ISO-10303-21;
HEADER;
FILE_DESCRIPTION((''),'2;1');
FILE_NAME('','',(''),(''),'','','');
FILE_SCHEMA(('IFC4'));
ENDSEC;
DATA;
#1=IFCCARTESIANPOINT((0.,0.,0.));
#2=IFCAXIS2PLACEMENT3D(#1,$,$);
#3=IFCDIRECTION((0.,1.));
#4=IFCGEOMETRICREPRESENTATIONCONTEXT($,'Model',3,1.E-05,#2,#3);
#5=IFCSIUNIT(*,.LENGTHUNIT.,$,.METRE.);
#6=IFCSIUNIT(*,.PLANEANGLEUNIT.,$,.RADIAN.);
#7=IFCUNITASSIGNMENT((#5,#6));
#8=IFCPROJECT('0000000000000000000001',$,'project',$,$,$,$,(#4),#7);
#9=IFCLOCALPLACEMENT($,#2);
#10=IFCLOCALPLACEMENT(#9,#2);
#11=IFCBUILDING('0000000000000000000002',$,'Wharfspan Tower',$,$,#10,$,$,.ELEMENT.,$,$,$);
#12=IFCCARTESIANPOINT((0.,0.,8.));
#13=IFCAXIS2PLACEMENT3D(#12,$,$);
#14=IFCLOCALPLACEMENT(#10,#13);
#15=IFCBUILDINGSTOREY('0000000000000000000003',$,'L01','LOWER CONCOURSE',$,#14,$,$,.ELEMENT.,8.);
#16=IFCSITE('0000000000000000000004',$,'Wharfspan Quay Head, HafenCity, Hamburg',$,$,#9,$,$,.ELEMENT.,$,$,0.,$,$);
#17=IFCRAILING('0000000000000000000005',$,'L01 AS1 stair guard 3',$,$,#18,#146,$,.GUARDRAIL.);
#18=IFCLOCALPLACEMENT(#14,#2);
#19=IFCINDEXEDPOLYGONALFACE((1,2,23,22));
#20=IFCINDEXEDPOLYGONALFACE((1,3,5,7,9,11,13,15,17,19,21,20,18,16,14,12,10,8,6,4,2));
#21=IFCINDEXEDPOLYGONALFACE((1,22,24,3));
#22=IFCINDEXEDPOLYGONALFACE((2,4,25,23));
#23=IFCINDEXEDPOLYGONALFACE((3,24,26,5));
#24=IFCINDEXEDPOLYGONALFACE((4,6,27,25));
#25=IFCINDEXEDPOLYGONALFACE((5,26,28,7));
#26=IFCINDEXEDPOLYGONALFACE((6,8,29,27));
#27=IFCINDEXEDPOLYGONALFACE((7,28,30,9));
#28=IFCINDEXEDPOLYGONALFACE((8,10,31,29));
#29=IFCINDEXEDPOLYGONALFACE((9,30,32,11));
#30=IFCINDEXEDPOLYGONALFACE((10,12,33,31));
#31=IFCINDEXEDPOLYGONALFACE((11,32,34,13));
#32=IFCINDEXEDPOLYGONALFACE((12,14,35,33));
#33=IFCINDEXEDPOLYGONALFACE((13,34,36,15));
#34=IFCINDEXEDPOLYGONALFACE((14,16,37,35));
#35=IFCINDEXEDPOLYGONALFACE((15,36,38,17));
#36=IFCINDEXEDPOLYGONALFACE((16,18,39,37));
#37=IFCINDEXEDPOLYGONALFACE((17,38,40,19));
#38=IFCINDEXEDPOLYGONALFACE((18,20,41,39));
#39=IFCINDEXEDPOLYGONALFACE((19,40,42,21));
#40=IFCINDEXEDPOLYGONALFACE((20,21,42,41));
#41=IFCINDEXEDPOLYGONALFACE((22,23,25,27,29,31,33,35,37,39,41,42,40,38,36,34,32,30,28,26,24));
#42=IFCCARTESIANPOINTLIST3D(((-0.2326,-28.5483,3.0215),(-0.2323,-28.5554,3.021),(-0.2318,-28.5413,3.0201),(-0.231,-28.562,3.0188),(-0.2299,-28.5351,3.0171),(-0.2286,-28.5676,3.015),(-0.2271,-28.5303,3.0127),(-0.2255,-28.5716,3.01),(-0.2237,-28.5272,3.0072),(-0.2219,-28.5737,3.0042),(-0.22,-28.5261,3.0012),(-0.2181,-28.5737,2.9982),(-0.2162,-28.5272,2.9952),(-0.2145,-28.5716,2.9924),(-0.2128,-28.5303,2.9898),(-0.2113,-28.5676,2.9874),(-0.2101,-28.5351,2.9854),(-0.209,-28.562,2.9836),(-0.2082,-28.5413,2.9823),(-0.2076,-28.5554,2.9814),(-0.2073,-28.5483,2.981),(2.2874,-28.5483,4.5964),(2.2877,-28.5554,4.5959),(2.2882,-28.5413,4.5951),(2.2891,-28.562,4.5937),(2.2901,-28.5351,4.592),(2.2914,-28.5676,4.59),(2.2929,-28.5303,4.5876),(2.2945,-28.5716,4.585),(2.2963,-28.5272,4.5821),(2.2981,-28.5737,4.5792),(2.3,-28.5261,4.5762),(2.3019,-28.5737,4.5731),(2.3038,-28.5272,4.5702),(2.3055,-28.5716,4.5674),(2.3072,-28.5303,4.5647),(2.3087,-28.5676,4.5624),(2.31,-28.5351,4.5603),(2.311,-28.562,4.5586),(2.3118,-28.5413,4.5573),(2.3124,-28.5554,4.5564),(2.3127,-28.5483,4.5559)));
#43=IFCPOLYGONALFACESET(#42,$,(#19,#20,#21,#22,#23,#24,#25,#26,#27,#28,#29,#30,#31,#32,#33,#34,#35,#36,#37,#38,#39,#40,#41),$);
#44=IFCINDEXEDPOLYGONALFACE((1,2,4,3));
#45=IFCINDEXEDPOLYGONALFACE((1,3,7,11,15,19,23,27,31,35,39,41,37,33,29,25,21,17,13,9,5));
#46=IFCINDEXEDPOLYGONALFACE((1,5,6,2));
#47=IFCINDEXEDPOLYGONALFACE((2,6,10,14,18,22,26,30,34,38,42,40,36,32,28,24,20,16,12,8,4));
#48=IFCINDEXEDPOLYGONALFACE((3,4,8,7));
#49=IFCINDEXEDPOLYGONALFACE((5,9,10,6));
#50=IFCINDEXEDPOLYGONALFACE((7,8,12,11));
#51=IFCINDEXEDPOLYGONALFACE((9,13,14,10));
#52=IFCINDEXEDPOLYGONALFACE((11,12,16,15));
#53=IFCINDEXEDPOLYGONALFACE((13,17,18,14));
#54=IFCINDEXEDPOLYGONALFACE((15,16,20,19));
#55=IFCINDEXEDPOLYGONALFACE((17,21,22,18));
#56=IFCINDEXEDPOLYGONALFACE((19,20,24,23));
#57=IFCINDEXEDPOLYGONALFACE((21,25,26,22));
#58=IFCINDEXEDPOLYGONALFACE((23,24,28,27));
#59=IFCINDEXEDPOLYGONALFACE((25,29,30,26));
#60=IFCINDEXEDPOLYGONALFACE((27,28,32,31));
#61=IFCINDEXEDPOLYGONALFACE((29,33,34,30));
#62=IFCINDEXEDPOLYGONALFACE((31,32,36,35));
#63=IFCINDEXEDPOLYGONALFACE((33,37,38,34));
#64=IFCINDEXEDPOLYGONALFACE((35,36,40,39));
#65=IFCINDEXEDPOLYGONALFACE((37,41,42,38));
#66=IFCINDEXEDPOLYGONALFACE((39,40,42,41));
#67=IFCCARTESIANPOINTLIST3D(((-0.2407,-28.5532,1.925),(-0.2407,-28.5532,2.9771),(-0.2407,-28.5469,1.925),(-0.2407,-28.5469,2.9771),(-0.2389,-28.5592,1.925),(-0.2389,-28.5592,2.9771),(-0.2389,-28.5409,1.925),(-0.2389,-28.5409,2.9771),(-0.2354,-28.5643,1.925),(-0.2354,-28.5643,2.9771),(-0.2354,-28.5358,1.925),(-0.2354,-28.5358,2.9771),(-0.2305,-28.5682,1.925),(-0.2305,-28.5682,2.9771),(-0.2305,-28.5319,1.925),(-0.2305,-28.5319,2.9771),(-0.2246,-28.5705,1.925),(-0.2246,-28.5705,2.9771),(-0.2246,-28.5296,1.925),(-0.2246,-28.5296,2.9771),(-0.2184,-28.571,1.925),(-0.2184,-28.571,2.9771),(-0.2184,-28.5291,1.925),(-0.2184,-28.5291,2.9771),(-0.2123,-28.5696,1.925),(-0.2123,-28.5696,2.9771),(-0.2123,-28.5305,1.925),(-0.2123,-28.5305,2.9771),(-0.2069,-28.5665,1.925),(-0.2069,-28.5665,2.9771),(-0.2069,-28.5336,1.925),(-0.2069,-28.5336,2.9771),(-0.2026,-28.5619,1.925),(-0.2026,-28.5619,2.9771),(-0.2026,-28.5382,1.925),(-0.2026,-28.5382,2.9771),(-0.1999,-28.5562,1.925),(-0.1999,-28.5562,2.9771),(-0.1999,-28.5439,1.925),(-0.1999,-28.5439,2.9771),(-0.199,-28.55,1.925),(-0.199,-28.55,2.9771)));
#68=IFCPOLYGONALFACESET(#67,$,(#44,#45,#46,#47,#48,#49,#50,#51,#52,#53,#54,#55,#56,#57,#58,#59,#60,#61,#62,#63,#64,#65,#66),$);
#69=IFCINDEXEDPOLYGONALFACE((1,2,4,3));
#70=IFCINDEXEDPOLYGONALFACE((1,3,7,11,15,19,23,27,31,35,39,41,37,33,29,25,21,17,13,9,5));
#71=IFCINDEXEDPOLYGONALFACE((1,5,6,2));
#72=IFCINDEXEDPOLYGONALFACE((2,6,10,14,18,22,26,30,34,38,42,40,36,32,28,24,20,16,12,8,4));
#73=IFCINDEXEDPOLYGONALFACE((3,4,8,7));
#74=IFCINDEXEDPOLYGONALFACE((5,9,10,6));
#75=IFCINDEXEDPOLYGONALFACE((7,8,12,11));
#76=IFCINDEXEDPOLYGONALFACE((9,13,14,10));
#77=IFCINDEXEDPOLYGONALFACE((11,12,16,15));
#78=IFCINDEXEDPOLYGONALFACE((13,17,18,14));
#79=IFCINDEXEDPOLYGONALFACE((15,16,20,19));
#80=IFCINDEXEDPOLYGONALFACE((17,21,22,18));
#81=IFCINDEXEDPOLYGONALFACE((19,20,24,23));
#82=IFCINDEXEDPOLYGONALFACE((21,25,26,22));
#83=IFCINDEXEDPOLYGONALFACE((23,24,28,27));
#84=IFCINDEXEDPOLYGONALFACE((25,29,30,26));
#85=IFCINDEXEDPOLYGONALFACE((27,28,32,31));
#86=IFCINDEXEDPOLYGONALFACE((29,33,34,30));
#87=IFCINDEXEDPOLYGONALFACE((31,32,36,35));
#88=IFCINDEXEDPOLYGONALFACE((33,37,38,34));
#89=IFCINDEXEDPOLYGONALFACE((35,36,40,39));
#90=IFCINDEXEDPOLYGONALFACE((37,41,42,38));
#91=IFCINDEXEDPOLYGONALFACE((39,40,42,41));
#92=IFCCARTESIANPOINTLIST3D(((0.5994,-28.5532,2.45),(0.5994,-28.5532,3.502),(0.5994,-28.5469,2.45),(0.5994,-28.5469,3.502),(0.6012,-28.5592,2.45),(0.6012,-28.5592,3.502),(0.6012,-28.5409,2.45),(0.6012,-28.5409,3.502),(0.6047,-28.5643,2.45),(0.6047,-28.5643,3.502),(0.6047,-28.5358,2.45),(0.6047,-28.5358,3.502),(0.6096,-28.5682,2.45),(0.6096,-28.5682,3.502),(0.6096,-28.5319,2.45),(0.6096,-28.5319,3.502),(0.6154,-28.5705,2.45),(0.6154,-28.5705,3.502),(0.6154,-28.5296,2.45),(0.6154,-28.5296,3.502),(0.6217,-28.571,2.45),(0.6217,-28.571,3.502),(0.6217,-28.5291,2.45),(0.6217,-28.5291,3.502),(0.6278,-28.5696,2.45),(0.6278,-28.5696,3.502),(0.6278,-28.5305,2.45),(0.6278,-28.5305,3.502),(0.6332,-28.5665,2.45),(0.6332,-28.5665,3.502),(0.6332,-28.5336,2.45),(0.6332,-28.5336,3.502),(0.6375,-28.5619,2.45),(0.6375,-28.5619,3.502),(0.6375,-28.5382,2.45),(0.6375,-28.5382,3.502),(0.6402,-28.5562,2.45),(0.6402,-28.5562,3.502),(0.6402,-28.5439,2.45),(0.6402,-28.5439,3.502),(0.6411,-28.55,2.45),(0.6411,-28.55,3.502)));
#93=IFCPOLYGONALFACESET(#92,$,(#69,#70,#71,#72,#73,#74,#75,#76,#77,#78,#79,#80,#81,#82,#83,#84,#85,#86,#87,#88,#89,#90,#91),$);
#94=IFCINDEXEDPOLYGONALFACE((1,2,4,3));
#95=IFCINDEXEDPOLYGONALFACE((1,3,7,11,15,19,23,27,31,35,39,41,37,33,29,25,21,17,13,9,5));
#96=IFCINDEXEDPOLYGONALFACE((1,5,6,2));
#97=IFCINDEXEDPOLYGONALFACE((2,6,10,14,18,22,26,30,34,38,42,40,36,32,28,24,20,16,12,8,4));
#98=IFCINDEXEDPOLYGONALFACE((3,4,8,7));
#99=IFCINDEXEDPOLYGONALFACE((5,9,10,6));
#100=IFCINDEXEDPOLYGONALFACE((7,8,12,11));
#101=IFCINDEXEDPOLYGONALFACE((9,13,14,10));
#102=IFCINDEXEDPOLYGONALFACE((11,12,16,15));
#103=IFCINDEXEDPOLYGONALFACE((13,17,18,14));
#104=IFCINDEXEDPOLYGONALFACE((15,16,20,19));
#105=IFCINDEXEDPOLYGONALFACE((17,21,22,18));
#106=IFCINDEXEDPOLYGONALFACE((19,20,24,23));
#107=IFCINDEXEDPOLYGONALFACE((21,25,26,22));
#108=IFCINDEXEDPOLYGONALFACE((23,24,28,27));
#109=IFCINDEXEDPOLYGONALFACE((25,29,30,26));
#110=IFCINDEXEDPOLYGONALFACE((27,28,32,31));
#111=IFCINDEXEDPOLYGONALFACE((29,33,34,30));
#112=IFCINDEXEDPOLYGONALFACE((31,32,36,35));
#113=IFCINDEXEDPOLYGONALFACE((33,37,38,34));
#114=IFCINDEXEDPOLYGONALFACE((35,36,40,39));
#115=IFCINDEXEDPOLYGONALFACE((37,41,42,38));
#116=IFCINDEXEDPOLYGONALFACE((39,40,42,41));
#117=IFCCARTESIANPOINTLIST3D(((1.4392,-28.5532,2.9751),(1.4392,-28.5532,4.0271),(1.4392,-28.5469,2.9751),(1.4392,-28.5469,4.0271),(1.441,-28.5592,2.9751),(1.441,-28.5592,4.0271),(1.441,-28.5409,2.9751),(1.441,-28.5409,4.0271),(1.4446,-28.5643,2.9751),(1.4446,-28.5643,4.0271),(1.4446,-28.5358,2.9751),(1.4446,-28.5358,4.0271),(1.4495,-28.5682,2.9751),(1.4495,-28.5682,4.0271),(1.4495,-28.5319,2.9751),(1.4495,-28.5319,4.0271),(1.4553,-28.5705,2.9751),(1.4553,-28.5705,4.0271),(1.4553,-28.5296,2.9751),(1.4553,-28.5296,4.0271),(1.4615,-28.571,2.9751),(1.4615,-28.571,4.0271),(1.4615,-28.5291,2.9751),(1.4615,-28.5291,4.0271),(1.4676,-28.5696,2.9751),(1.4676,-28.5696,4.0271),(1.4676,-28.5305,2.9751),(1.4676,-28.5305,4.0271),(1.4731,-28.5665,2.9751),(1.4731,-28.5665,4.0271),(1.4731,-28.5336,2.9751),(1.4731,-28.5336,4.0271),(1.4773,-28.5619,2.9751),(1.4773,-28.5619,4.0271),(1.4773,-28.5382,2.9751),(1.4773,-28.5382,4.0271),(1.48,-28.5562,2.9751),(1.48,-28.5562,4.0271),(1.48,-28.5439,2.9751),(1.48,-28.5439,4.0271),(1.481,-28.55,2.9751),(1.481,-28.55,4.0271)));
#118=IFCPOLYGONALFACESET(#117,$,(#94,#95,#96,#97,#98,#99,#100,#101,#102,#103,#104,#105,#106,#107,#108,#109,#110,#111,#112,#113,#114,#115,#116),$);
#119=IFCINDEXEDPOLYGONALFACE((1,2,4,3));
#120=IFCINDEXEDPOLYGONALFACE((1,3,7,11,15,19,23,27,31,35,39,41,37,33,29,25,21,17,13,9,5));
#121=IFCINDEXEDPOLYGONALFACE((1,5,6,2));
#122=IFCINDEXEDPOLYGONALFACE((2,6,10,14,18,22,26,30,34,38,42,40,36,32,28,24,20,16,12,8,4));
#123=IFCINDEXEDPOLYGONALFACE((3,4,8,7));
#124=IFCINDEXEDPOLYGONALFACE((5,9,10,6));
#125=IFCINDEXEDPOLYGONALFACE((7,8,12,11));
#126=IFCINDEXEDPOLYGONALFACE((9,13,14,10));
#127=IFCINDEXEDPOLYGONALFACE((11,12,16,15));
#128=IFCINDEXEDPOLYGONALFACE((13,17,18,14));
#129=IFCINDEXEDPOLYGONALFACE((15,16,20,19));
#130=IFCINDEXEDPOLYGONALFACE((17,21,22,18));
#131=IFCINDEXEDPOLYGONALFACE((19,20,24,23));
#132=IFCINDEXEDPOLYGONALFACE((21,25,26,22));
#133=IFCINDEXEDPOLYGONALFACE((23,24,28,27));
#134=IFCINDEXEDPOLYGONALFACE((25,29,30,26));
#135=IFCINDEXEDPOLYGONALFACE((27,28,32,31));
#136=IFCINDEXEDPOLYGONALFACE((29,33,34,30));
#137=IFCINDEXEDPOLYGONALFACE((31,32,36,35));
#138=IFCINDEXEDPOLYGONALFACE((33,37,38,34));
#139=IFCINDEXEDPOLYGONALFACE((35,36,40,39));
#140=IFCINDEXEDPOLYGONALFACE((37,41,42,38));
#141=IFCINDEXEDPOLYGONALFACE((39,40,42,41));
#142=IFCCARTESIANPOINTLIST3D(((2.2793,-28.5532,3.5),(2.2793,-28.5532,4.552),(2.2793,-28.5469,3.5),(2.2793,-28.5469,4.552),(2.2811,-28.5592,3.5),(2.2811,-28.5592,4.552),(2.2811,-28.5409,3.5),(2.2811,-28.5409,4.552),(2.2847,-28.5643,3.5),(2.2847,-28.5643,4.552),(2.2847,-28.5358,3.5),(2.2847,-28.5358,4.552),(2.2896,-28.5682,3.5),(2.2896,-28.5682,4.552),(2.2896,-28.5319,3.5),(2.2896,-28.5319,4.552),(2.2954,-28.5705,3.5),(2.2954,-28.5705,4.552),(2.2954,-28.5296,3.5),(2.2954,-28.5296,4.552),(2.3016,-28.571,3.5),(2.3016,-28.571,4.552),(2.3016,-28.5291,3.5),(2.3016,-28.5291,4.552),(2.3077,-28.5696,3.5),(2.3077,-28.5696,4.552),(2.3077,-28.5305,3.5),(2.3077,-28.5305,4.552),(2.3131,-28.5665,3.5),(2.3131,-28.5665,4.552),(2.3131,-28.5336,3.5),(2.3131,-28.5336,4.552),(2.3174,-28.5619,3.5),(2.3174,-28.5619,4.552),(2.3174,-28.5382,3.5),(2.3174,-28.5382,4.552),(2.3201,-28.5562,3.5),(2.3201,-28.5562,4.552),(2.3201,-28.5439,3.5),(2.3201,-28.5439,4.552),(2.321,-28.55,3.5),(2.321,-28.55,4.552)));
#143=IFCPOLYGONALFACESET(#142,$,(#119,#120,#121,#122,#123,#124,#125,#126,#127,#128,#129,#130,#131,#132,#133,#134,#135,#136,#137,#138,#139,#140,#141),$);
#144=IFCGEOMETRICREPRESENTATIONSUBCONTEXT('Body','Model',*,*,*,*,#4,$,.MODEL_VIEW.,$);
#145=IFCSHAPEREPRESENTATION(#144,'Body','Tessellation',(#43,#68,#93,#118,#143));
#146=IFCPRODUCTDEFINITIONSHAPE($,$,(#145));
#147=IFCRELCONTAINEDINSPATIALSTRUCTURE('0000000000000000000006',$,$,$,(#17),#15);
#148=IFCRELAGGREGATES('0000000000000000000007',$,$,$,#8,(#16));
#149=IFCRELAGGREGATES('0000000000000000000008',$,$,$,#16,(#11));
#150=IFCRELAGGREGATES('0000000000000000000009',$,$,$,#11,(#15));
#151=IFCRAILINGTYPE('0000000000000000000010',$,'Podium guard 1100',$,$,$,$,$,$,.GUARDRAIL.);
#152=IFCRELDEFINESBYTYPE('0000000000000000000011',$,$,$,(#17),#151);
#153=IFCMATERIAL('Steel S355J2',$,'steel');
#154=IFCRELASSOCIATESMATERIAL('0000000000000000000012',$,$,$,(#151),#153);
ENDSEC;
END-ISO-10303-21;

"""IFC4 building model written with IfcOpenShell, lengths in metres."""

from ifc_helpers import new_model, si_unit, direction, frame, origin, origin_2d, place, context, subcontext, project, spatial, circle, extrude, material, type_object, element, save


model = new_model("IFC4")

# Units and contexts
model_context = context("Model", 3, precision=1e-05, world=origin(), true_north=direction((0.0, 1.0)))
body_context = subcontext(model_context, "Body", "Model", "MODEL_VIEW")
ifc_project = project(units=[si_unit("LENGTHUNIT", "METRE"), si_unit("PLANEANGLEUNIT", "RADIAN")], contexts=[model_context])

# Site, building, storey
site_placement = place(None, origin())
site = spatial("IfcSite", under=ifc_project, at=site_placement, Name="Wharfspan Quay Head, HafenCity, Hamburg", CompositionType="ELEMENT", RefElevation=0.0)
building_placement = place(site_placement, origin())
building = spatial("IfcBuilding", under=site, at=building_placement, Name="Wharfspan Tower", CompositionType="ELEMENT")
storey_placement = place(building_placement, frame((0.0, 0.0, 8.0)))
storey = spatial("IfcBuildingStorey", under=building, at=storey_placement, Name="L01", Description="LOWER CONCOURSE", CompositionType="ELEMENT", Elevation=8.0)

# Railing
ifc_material_1 = material(Name="Steel S355J2", Category="steel")
railing_type_1 = type_object("IfcRailingType", Name="Podium guard 1100", PredefinedType="GUARDRAIL", material=ifc_material_1)
railing_1_placement = place(storey_placement, frame((-0.22, -28.55, 1.925)))
element("IfcRailing", 1, at=railing_1_placement, inside=storey, type_object=railing_type_1, Name="L01 AS1 stair guard 3", PredefinedType="GUARDRAIL", context=body_context, shape_type="SweptSolid", body=[
    extrude(circle(Radius=0.0239, at=origin_2d()), frame((0.0, 0.0, 1.0762), z_axis=(0.848008, 0.0, 0.529984), x_axis=(0.0, 1.0, 0.0)), (0.0, 0.0, 1.0), 2.9717),
    extrude(circle(Radius=0.021, at=origin_2d()), origin(), (0.0, 0.0, 1.0), 1.052),
    extrude(circle(Radius=0.021, at=origin_2d()), frame((0.8401, 0.0, 0.5249)), (0.0, 0.0, 1.0), 1.052),
    extrude(circle(Radius=0.021, at=origin_2d()), frame((1.6799, 0.0, 1.05)), (0.0, 0.0, 1.0), 1.052),
    extrude(circle(Radius=0.021, at=origin_2d()), frame((2.52, 0.0, 1.575)), (0.0, 0.0, 1.0), 1.052),
])

save(model, "model.ifc")
